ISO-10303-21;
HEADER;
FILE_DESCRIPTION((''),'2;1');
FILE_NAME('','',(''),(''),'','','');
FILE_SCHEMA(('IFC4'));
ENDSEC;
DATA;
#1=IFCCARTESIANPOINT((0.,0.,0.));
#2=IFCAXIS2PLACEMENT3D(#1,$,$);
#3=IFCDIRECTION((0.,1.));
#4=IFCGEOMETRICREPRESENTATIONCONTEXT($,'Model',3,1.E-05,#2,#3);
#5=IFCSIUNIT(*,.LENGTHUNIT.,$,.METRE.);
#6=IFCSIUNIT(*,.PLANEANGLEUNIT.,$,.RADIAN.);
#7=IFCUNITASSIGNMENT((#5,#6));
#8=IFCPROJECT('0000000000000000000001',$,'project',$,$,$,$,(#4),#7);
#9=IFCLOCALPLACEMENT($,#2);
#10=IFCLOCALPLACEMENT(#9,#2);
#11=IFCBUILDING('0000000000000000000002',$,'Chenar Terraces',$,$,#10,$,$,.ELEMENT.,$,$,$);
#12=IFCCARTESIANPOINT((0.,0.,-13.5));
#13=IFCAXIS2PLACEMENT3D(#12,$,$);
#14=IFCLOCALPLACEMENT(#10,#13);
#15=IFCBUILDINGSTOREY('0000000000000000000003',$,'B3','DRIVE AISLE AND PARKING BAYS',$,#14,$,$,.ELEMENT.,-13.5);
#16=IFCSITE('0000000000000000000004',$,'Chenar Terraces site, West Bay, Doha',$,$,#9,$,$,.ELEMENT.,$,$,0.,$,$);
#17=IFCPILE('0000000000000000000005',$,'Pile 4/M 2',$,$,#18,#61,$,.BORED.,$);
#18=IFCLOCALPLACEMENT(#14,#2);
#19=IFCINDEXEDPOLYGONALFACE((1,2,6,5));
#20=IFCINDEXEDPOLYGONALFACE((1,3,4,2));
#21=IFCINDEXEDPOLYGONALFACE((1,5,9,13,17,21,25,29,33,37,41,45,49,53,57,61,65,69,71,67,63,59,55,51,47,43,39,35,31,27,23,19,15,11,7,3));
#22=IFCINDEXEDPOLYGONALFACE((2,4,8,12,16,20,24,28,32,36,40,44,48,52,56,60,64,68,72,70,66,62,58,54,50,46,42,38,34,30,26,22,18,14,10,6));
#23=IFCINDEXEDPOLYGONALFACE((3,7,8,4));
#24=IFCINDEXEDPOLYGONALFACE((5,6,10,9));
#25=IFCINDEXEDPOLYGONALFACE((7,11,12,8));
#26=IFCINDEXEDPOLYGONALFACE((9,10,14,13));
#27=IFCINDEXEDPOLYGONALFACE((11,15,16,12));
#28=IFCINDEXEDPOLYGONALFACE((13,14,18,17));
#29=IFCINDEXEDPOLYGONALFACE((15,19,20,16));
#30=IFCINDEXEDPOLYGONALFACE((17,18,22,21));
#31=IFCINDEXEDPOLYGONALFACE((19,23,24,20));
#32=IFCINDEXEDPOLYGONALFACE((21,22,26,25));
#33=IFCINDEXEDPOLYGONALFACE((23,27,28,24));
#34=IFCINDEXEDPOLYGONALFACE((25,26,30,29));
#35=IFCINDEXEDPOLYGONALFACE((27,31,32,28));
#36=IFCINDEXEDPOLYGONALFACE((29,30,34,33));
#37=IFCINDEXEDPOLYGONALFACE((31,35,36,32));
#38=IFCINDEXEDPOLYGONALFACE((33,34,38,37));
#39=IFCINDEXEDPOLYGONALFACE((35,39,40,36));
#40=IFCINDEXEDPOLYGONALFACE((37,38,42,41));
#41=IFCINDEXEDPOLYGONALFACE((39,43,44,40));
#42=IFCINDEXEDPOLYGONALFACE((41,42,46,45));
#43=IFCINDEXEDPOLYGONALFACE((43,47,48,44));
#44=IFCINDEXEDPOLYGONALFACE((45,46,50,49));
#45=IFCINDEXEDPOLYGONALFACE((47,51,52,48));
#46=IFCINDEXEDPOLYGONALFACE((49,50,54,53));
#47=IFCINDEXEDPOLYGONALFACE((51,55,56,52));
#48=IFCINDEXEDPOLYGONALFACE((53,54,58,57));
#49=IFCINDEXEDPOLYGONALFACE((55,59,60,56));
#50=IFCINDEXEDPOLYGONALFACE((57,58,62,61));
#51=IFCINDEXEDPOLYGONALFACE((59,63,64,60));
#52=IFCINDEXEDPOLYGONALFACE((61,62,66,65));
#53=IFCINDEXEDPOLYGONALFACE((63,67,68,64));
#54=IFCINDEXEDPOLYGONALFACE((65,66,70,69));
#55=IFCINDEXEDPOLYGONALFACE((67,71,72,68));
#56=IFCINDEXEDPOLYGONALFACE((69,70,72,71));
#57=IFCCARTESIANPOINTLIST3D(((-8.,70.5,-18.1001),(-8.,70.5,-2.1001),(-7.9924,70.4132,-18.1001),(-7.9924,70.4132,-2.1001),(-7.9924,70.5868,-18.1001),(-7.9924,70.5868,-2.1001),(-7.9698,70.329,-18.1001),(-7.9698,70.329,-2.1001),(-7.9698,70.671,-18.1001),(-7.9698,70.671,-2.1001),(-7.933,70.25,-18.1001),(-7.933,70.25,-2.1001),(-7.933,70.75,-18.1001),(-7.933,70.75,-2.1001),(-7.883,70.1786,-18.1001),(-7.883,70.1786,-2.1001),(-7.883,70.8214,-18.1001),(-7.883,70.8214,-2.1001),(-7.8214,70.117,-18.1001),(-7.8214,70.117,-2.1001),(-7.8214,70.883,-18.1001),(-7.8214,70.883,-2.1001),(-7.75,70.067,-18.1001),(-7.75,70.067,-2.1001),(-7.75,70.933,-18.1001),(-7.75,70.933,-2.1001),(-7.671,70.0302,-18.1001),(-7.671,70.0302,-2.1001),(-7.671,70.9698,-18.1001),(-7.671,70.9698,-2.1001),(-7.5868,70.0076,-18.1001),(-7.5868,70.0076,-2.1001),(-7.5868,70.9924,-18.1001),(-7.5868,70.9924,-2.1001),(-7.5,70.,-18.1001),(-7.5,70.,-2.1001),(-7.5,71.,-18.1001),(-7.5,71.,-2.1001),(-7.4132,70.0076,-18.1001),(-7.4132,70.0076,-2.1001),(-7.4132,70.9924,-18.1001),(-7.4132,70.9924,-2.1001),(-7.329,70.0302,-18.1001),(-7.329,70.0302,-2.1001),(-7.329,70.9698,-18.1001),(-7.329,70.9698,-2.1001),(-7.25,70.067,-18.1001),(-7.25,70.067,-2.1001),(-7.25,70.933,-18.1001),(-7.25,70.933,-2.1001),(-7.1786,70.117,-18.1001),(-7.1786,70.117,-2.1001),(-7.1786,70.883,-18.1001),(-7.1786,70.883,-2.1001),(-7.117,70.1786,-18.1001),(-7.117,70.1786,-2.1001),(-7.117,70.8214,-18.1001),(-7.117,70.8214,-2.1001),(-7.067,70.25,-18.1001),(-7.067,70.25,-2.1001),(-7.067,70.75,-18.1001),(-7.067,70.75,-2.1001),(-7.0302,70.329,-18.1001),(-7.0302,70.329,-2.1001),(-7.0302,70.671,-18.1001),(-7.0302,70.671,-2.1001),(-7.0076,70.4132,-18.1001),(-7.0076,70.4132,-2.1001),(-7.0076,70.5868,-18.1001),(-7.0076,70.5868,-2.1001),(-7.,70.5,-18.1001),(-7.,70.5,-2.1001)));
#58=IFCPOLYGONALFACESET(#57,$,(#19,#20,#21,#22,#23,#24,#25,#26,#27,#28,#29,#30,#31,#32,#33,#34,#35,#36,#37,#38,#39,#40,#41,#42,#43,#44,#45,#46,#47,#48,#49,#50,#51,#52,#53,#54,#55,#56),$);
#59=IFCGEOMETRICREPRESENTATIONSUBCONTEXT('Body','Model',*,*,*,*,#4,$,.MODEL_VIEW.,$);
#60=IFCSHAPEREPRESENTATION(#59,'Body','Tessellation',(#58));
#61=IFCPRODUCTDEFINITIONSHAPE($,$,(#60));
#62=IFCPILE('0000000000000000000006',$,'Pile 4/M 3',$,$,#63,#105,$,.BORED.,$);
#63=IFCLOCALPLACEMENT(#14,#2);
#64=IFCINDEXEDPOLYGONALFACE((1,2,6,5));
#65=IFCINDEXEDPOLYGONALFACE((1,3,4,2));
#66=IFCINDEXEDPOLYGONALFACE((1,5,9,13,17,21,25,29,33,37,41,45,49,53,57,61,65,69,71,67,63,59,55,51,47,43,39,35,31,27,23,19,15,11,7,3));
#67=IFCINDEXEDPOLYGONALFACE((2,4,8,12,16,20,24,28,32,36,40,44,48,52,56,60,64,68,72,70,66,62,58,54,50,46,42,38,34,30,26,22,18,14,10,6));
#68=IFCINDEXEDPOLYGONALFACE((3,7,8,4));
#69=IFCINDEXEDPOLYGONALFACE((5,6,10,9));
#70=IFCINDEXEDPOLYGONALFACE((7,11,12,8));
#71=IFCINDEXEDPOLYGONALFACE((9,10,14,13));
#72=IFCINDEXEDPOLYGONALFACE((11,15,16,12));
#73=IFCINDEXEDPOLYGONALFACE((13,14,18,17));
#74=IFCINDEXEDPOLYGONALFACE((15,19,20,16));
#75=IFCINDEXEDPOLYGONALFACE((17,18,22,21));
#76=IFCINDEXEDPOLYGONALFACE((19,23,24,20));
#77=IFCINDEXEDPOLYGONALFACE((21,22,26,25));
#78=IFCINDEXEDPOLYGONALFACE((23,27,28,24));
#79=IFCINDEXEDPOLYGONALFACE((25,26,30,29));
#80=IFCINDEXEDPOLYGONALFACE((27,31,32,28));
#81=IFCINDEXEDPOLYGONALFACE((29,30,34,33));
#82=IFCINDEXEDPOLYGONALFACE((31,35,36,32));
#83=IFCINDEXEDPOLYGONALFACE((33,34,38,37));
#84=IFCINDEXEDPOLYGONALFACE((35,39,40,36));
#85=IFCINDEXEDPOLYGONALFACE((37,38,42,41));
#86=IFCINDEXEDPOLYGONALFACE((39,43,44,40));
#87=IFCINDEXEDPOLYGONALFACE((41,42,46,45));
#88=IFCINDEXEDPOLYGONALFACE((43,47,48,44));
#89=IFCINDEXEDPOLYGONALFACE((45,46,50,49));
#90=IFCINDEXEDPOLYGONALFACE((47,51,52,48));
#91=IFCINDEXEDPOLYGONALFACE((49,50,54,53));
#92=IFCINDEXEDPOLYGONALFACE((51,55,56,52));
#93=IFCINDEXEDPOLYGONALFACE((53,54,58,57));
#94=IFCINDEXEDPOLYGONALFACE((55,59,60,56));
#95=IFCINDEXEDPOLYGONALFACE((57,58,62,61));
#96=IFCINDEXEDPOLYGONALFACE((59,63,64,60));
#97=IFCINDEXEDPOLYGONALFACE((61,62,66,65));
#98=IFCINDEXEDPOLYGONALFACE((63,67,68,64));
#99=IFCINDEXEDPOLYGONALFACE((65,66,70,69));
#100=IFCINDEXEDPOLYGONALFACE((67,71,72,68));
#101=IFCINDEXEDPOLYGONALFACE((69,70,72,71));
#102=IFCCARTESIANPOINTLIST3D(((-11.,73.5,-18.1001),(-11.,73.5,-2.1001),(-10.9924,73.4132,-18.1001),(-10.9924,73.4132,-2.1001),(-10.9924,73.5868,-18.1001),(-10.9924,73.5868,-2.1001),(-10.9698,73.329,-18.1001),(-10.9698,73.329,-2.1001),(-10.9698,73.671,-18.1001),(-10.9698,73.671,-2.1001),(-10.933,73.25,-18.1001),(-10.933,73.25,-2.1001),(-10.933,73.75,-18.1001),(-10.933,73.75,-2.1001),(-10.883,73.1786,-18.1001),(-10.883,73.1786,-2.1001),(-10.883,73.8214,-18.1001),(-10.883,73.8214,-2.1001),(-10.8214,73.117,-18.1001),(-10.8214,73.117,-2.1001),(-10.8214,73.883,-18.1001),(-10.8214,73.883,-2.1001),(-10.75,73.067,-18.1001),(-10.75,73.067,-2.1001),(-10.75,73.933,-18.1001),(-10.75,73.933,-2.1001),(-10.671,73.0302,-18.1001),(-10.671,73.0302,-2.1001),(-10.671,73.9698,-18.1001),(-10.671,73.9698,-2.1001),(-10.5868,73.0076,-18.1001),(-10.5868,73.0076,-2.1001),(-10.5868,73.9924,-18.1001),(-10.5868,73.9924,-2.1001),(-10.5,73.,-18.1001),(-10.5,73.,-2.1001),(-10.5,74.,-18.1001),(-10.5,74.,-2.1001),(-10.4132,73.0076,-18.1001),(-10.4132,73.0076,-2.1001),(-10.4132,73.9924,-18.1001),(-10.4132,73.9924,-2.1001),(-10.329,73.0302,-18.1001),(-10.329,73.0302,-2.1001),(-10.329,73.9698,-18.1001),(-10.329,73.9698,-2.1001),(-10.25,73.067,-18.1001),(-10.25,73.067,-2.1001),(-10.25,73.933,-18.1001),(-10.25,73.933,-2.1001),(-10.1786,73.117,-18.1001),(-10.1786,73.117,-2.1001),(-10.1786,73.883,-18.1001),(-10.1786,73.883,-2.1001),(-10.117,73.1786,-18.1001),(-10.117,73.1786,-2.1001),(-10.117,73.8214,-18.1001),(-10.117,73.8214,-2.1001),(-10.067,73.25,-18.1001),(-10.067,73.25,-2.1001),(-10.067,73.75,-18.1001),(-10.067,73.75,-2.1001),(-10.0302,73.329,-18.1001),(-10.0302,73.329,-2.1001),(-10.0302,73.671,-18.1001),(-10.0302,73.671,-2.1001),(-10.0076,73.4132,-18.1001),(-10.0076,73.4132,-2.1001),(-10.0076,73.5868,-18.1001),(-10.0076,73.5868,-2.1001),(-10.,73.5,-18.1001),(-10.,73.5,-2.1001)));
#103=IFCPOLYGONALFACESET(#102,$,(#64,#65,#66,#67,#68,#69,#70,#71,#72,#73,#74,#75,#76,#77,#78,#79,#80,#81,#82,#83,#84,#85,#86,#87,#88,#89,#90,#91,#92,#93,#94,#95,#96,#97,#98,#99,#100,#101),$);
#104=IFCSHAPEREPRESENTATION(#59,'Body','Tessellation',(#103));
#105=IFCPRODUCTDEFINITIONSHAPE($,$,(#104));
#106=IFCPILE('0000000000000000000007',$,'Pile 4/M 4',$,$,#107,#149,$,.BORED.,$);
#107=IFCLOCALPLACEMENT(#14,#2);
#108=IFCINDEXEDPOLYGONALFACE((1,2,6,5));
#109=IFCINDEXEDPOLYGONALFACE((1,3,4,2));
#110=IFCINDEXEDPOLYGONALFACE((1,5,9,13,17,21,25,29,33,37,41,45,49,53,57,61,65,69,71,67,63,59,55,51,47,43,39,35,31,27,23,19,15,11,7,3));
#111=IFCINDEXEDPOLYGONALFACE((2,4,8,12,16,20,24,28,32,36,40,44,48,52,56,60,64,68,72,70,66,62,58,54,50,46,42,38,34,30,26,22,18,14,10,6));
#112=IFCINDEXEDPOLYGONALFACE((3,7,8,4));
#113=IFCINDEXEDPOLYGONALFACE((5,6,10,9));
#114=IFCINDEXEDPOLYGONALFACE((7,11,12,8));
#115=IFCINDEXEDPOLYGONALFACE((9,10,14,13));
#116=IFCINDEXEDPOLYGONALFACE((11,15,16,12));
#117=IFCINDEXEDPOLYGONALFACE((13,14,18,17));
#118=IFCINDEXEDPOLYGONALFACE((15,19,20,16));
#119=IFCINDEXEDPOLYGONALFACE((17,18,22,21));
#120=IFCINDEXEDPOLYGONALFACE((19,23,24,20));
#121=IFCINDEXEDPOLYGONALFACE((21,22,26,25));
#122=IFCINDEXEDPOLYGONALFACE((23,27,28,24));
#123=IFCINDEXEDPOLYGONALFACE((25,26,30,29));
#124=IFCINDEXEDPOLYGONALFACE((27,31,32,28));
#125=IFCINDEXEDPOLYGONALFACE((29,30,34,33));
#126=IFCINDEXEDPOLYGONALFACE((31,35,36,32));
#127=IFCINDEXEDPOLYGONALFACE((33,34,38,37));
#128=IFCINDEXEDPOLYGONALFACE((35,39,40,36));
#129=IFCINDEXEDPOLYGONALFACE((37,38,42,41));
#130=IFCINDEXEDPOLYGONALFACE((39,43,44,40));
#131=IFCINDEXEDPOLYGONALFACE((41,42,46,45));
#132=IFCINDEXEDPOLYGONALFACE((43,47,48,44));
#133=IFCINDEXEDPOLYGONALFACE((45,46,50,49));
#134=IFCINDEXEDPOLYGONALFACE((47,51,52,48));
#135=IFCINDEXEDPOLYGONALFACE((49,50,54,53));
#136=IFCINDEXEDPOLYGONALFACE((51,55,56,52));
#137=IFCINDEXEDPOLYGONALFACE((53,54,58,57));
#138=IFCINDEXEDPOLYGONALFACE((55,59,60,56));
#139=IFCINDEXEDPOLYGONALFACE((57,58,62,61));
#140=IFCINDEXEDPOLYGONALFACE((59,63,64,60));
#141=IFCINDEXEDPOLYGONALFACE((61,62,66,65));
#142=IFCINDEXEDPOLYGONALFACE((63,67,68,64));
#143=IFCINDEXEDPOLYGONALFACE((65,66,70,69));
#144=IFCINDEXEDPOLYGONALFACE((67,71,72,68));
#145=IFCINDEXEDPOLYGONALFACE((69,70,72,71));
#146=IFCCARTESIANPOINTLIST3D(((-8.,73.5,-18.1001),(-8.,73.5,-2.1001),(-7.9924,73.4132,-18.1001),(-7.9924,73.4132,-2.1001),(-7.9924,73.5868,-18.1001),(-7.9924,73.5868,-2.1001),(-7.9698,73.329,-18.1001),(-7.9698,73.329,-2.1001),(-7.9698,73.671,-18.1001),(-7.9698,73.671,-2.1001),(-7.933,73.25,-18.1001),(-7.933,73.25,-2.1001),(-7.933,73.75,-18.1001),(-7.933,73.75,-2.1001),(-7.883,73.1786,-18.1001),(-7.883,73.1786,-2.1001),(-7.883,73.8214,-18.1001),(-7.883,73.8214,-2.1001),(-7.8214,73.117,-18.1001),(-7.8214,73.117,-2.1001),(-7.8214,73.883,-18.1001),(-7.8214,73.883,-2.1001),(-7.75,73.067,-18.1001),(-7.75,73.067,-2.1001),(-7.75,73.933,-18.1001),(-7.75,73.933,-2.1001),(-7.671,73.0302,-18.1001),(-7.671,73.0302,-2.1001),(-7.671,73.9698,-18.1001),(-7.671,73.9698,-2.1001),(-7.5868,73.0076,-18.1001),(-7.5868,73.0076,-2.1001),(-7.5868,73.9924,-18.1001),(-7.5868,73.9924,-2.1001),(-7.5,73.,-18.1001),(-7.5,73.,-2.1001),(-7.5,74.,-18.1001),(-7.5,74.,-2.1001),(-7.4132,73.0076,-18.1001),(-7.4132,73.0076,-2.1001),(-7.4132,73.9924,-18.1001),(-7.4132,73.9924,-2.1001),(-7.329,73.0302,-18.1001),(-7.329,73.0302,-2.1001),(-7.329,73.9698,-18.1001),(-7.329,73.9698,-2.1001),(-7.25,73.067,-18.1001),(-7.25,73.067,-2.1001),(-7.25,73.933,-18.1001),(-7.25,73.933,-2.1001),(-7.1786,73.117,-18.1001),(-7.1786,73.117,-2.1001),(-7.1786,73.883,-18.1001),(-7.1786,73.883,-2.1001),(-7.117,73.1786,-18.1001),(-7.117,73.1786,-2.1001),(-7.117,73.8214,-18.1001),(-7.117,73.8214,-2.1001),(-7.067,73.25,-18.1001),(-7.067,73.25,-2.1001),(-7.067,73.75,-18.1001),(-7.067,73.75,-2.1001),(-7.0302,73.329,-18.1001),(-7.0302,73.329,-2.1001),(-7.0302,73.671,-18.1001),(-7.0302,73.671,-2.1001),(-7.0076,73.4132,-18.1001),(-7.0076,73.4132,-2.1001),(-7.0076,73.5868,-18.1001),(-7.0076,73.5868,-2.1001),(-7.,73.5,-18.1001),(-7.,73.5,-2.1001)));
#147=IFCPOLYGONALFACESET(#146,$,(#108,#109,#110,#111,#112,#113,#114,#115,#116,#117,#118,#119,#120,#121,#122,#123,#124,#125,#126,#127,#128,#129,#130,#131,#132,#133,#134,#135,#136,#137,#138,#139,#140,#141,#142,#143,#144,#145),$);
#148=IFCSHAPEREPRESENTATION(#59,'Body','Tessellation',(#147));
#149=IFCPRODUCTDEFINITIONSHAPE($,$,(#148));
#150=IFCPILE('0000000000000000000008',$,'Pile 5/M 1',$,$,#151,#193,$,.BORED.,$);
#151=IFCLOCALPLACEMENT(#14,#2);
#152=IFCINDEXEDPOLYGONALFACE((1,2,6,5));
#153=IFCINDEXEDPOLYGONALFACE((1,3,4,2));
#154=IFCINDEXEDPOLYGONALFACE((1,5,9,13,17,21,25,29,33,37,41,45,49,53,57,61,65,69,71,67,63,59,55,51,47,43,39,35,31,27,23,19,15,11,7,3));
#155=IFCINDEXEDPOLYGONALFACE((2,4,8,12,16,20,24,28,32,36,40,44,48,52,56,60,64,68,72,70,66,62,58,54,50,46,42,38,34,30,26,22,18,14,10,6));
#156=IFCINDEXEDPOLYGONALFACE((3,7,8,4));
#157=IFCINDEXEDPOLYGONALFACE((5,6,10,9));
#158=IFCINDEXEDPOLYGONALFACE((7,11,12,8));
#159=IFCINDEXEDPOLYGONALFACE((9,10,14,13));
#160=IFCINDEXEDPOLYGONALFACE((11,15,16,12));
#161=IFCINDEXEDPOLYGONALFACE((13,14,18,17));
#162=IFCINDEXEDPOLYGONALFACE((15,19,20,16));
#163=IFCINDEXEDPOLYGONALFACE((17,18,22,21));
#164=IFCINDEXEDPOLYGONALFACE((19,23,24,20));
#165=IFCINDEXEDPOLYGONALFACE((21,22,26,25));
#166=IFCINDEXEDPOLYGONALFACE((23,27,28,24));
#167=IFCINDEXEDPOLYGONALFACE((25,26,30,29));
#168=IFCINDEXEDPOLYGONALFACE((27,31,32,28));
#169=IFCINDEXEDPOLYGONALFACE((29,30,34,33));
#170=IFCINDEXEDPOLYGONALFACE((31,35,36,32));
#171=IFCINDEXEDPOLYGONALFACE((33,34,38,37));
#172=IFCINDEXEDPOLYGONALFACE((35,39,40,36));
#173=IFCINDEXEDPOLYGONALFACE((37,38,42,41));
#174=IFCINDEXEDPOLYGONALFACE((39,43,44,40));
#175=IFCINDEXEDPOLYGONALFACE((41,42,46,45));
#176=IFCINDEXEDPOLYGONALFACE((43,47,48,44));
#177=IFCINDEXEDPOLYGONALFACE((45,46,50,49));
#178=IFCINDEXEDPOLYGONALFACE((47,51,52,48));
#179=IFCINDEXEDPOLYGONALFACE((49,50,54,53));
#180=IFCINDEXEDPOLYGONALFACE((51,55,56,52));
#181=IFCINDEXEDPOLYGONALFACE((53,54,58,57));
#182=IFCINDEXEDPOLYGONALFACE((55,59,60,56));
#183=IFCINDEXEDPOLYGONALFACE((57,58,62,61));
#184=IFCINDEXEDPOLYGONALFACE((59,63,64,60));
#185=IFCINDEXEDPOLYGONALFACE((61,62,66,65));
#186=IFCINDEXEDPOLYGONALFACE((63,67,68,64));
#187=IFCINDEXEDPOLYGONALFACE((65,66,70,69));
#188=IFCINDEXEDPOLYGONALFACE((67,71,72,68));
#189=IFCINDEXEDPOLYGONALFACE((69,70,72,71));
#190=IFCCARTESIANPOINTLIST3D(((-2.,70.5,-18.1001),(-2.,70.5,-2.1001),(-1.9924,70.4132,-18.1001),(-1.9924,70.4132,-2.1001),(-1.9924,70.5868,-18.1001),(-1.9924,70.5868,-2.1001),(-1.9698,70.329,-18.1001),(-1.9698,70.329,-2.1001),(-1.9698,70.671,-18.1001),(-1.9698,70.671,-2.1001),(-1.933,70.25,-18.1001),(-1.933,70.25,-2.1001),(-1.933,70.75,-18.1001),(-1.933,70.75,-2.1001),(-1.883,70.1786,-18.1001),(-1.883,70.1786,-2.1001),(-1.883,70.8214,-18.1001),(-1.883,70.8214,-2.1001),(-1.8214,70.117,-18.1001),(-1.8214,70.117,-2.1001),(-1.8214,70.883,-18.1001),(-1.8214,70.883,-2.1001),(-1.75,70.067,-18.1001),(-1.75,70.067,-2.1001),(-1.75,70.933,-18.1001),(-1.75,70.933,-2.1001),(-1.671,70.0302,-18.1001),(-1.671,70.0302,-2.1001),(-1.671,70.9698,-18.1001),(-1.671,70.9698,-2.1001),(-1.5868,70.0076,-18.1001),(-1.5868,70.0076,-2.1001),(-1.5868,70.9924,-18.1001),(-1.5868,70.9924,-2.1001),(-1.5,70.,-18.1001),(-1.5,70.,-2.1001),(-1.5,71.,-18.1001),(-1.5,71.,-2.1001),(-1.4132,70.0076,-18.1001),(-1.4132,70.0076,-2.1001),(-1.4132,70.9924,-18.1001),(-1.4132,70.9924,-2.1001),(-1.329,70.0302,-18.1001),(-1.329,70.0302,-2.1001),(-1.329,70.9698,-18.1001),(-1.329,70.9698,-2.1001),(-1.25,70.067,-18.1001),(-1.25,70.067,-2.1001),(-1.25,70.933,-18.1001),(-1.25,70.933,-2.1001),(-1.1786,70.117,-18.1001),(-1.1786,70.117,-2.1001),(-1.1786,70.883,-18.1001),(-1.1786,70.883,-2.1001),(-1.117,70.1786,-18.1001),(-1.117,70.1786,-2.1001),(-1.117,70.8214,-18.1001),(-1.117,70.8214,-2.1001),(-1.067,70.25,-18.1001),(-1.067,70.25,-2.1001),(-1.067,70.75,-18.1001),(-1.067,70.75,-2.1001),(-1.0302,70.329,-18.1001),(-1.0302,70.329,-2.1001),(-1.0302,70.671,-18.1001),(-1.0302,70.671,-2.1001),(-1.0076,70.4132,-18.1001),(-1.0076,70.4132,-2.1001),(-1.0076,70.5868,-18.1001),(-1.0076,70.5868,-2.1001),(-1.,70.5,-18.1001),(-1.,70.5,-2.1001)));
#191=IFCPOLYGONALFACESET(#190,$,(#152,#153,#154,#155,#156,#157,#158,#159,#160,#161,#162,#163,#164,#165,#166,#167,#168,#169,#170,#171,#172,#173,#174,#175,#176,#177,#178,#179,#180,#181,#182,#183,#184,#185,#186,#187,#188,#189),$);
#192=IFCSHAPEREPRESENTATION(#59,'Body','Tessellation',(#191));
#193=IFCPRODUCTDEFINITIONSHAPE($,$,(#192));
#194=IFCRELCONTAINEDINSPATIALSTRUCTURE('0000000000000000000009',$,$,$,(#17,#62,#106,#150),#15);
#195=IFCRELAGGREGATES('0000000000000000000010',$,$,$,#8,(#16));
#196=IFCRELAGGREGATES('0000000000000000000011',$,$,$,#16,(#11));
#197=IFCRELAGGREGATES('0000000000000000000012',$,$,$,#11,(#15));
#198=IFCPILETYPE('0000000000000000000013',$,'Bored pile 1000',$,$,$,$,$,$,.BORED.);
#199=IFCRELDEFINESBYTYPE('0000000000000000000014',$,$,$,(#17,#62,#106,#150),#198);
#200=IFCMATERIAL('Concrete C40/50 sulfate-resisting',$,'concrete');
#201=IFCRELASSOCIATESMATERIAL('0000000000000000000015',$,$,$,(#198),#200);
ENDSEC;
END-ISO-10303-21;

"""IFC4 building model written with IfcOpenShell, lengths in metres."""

from ifc_helpers import new_model, si_unit, direction, frame, origin, origin_2d, place, context, subcontext, project, spatial, circle, extrude, material, material_profile, profile_set, type_object, element, save


model = new_model("IFC4")

# Units and contexts
model_context = context("Model", 3, precision=1e-05, world=origin(), true_north=direction((0.0, 1.0)))
body_context = subcontext(model_context, "Body", "Model", "MODEL_VIEW")
ifc_project = project(units=[si_unit("LENGTHUNIT", "METRE"), si_unit("PLANEANGLEUNIT", "RADIAN")], contexts=[model_context])

# Site, building, storey
site_placement = place(None, origin())
site = spatial("IfcSite", under=ifc_project, at=site_placement, Name="Chenar Terraces site, West Bay, Doha", CompositionType="ELEMENT", RefElevation=0.0)
building_placement = place(site_placement, origin())
building = spatial("IfcBuilding", under=site, at=building_placement, Name="Chenar Terraces", CompositionType="ELEMENT")
storey_placement = place(building_placement, frame((0.0, 0.0, -13.5)))
storey = spatial("IfcBuildingStorey", under=building, at=storey_placement, Name="B3", Description="DRIVE AISLE AND PARKING BAYS", CompositionType="ELEMENT", Elevation=-13.5)

# Piles
ifc_material_1 = material(Name="Concrete C40/50 sulfate-resisting", Category="concrete")
ifc_material_profile_1 = material_profile(ifc_material_1, circle(Radius=0.5, at=origin_2d()), Name="BP 1000")
ifc_profile_set_1 = profile_set([ifc_material_profile_1], Name="Concrete C40/50 sulfate-resisting")
pile_type_1 = type_object("IfcPileType", Name="Bored pile 1000", PredefinedType="BORED", material=ifc_profile_set_1)
for number, where, z_axis, x_axis, name in (
    (1, (-7.5, 70.5, -2.1001), (0.0, 0.0, -1.0), (1.0, 0.0, 0.0), "Pile 4/M 2"),
    (2, (-10.5, 73.5, -2.1001), (0.0, 0.0, -1.0), (1.0, 0.0, 0.0), "Pile 4/M 3"),
    (3, (-7.5, 73.5, -2.1001), (0.0, 0.0, -1.0), (1.0, 0.0, 0.0), "Pile 4/M 4"),
    (4, (-1.5, 70.5, -2.1001), (0.0, 0.0, -1.0), (1.0, 0.0, 0.0), "Pile 5/M 1"),
):
    element("IfcPile", number, at=place(storey_placement, frame(where, z_axis=z_axis, x_axis=x_axis)), inside=storey, type_object=pile_type_1, Name=name, PredefinedType="BORED", context=body_context, shape_type="SweptSolid", body=[
        extrude(circle(Radius=0.5, at=origin_2d()), origin(), (0.0, 0.0, 1.0), 16.0),
    ])

save(model, "model.ifc")
